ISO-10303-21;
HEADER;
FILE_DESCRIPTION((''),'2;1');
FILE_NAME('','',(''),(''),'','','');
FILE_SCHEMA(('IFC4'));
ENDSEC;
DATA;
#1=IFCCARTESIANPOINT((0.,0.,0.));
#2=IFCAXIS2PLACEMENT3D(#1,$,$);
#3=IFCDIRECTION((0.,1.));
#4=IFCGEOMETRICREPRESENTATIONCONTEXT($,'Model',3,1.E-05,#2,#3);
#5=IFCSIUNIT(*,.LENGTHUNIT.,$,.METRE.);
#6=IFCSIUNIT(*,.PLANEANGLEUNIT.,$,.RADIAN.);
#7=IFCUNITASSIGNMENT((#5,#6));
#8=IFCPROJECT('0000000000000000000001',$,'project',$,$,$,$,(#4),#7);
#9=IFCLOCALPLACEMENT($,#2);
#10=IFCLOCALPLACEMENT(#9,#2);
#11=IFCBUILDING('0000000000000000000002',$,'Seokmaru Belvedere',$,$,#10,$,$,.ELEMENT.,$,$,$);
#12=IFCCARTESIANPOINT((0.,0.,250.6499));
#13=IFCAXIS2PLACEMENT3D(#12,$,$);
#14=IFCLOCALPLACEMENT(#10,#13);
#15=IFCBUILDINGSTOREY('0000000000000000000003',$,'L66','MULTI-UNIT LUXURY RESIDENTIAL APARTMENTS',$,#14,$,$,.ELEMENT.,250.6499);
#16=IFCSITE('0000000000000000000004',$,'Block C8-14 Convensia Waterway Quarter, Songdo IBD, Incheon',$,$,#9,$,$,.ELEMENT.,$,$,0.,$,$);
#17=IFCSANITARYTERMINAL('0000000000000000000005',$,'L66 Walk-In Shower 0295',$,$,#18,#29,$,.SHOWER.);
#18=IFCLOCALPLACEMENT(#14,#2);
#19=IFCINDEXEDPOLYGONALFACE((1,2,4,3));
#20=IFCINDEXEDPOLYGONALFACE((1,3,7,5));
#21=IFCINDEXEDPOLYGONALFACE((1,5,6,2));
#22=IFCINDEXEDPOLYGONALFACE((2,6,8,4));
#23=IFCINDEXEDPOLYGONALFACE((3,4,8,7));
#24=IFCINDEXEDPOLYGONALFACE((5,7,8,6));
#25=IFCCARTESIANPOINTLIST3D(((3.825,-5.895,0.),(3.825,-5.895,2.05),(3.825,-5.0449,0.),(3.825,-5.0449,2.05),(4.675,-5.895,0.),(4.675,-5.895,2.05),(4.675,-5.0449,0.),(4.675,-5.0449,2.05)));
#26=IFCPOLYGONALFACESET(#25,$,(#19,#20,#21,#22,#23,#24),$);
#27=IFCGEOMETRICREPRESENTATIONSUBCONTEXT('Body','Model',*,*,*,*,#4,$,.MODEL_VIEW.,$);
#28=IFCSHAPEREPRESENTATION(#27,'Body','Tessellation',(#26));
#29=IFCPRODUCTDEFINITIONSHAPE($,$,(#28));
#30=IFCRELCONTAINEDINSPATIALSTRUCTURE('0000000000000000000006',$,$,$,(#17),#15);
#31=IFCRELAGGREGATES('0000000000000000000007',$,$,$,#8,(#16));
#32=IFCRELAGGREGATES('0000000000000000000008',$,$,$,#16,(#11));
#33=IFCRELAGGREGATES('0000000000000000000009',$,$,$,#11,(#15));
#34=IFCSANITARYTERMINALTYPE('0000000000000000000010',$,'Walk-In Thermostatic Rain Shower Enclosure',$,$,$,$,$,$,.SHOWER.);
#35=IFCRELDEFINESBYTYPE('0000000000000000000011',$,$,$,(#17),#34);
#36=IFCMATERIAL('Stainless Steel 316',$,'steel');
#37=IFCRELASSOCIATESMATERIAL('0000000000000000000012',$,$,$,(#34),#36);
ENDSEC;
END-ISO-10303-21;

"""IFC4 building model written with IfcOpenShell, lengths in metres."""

from ifc_helpers import new_model, si_unit, direction, frame, origin, origin_2d, place, context, subcontext, project, spatial, rectangle, extrude, source, transform, mapped, material, type_object, type_shapes, element, save


model = new_model("IFC4")

# Units and contexts
model_context = context("Model", 3, precision=1e-05, world=origin(), true_north=direction((0.0, 1.0)))
body_context = subcontext(model_context, "Body", "Model", "MODEL_VIEW")
ifc_project = project(units=[si_unit("LENGTHUNIT", "METRE"), si_unit("PLANEANGLEUNIT", "RADIAN")], contexts=[model_context])

# Site, building, storey
site_placement = place(None, origin())
site = spatial("IfcSite", under=ifc_project, at=site_placement, Name="Block C8-14 Convensia Waterway Quarter, Songdo IBD, Incheon", CompositionType="ELEMENT", RefElevation=0.0)
building_placement = place(site_placement, origin())
building = spatial("IfcBuilding", under=site, at=building_placement, Name="Seokmaru Belvedere", CompositionType="ELEMENT")
storey_placement = place(building_placement, frame((0.0, 0.0, 250.6499)))
storey = spatial("IfcBuildingStorey", under=building, at=storey_placement, Name="L66", Description="MULTI-UNIT LUXURY RESIDENTIAL APARTMENTS", CompositionType="ELEMENT", Elevation=250.6499)

# Sanitary terminal
ifc_material_1 = material(Name="Stainless Steel 316", Category="steel")
sanitary_terminal_type_1 = type_object("IfcSanitaryTerminalType", Name="Walk-In Thermostatic Rain Shower Enclosure", PredefinedType="SHOWER", material=ifc_material_1)
shared_shape_1 = source(origin(), body_context, "Body", "SweptSolid", [
    extrude(rectangle(XDim=0.8501, YDim=0.8501, at=origin_2d()), origin(), (0.0, 0.0, 1.0), 2.05),
])
type_shapes(sanitary_terminal_type_1, [shared_shape_1])
sanitary_terminal_1_placement = place(storey_placement, frame((4.25, -5.47, 0.0), z_axis=(0.0, 0.0, 1.0), x_axis=(1.0, 0.0, 0.0)))
element("IfcSanitaryTerminal", 1, at=sanitary_terminal_1_placement, inside=storey, type_object=sanitary_terminal_type_1, Name="L66 Walk-In Shower 0295", PredefinedType="SHOWER", context=body_context, shape_type="MappedRepresentation", body=[
    mapped(shared_shape_1, transform((0.0, 0.0, 0.0), scale=1.0)),
])

save(model, "model.ifc")
